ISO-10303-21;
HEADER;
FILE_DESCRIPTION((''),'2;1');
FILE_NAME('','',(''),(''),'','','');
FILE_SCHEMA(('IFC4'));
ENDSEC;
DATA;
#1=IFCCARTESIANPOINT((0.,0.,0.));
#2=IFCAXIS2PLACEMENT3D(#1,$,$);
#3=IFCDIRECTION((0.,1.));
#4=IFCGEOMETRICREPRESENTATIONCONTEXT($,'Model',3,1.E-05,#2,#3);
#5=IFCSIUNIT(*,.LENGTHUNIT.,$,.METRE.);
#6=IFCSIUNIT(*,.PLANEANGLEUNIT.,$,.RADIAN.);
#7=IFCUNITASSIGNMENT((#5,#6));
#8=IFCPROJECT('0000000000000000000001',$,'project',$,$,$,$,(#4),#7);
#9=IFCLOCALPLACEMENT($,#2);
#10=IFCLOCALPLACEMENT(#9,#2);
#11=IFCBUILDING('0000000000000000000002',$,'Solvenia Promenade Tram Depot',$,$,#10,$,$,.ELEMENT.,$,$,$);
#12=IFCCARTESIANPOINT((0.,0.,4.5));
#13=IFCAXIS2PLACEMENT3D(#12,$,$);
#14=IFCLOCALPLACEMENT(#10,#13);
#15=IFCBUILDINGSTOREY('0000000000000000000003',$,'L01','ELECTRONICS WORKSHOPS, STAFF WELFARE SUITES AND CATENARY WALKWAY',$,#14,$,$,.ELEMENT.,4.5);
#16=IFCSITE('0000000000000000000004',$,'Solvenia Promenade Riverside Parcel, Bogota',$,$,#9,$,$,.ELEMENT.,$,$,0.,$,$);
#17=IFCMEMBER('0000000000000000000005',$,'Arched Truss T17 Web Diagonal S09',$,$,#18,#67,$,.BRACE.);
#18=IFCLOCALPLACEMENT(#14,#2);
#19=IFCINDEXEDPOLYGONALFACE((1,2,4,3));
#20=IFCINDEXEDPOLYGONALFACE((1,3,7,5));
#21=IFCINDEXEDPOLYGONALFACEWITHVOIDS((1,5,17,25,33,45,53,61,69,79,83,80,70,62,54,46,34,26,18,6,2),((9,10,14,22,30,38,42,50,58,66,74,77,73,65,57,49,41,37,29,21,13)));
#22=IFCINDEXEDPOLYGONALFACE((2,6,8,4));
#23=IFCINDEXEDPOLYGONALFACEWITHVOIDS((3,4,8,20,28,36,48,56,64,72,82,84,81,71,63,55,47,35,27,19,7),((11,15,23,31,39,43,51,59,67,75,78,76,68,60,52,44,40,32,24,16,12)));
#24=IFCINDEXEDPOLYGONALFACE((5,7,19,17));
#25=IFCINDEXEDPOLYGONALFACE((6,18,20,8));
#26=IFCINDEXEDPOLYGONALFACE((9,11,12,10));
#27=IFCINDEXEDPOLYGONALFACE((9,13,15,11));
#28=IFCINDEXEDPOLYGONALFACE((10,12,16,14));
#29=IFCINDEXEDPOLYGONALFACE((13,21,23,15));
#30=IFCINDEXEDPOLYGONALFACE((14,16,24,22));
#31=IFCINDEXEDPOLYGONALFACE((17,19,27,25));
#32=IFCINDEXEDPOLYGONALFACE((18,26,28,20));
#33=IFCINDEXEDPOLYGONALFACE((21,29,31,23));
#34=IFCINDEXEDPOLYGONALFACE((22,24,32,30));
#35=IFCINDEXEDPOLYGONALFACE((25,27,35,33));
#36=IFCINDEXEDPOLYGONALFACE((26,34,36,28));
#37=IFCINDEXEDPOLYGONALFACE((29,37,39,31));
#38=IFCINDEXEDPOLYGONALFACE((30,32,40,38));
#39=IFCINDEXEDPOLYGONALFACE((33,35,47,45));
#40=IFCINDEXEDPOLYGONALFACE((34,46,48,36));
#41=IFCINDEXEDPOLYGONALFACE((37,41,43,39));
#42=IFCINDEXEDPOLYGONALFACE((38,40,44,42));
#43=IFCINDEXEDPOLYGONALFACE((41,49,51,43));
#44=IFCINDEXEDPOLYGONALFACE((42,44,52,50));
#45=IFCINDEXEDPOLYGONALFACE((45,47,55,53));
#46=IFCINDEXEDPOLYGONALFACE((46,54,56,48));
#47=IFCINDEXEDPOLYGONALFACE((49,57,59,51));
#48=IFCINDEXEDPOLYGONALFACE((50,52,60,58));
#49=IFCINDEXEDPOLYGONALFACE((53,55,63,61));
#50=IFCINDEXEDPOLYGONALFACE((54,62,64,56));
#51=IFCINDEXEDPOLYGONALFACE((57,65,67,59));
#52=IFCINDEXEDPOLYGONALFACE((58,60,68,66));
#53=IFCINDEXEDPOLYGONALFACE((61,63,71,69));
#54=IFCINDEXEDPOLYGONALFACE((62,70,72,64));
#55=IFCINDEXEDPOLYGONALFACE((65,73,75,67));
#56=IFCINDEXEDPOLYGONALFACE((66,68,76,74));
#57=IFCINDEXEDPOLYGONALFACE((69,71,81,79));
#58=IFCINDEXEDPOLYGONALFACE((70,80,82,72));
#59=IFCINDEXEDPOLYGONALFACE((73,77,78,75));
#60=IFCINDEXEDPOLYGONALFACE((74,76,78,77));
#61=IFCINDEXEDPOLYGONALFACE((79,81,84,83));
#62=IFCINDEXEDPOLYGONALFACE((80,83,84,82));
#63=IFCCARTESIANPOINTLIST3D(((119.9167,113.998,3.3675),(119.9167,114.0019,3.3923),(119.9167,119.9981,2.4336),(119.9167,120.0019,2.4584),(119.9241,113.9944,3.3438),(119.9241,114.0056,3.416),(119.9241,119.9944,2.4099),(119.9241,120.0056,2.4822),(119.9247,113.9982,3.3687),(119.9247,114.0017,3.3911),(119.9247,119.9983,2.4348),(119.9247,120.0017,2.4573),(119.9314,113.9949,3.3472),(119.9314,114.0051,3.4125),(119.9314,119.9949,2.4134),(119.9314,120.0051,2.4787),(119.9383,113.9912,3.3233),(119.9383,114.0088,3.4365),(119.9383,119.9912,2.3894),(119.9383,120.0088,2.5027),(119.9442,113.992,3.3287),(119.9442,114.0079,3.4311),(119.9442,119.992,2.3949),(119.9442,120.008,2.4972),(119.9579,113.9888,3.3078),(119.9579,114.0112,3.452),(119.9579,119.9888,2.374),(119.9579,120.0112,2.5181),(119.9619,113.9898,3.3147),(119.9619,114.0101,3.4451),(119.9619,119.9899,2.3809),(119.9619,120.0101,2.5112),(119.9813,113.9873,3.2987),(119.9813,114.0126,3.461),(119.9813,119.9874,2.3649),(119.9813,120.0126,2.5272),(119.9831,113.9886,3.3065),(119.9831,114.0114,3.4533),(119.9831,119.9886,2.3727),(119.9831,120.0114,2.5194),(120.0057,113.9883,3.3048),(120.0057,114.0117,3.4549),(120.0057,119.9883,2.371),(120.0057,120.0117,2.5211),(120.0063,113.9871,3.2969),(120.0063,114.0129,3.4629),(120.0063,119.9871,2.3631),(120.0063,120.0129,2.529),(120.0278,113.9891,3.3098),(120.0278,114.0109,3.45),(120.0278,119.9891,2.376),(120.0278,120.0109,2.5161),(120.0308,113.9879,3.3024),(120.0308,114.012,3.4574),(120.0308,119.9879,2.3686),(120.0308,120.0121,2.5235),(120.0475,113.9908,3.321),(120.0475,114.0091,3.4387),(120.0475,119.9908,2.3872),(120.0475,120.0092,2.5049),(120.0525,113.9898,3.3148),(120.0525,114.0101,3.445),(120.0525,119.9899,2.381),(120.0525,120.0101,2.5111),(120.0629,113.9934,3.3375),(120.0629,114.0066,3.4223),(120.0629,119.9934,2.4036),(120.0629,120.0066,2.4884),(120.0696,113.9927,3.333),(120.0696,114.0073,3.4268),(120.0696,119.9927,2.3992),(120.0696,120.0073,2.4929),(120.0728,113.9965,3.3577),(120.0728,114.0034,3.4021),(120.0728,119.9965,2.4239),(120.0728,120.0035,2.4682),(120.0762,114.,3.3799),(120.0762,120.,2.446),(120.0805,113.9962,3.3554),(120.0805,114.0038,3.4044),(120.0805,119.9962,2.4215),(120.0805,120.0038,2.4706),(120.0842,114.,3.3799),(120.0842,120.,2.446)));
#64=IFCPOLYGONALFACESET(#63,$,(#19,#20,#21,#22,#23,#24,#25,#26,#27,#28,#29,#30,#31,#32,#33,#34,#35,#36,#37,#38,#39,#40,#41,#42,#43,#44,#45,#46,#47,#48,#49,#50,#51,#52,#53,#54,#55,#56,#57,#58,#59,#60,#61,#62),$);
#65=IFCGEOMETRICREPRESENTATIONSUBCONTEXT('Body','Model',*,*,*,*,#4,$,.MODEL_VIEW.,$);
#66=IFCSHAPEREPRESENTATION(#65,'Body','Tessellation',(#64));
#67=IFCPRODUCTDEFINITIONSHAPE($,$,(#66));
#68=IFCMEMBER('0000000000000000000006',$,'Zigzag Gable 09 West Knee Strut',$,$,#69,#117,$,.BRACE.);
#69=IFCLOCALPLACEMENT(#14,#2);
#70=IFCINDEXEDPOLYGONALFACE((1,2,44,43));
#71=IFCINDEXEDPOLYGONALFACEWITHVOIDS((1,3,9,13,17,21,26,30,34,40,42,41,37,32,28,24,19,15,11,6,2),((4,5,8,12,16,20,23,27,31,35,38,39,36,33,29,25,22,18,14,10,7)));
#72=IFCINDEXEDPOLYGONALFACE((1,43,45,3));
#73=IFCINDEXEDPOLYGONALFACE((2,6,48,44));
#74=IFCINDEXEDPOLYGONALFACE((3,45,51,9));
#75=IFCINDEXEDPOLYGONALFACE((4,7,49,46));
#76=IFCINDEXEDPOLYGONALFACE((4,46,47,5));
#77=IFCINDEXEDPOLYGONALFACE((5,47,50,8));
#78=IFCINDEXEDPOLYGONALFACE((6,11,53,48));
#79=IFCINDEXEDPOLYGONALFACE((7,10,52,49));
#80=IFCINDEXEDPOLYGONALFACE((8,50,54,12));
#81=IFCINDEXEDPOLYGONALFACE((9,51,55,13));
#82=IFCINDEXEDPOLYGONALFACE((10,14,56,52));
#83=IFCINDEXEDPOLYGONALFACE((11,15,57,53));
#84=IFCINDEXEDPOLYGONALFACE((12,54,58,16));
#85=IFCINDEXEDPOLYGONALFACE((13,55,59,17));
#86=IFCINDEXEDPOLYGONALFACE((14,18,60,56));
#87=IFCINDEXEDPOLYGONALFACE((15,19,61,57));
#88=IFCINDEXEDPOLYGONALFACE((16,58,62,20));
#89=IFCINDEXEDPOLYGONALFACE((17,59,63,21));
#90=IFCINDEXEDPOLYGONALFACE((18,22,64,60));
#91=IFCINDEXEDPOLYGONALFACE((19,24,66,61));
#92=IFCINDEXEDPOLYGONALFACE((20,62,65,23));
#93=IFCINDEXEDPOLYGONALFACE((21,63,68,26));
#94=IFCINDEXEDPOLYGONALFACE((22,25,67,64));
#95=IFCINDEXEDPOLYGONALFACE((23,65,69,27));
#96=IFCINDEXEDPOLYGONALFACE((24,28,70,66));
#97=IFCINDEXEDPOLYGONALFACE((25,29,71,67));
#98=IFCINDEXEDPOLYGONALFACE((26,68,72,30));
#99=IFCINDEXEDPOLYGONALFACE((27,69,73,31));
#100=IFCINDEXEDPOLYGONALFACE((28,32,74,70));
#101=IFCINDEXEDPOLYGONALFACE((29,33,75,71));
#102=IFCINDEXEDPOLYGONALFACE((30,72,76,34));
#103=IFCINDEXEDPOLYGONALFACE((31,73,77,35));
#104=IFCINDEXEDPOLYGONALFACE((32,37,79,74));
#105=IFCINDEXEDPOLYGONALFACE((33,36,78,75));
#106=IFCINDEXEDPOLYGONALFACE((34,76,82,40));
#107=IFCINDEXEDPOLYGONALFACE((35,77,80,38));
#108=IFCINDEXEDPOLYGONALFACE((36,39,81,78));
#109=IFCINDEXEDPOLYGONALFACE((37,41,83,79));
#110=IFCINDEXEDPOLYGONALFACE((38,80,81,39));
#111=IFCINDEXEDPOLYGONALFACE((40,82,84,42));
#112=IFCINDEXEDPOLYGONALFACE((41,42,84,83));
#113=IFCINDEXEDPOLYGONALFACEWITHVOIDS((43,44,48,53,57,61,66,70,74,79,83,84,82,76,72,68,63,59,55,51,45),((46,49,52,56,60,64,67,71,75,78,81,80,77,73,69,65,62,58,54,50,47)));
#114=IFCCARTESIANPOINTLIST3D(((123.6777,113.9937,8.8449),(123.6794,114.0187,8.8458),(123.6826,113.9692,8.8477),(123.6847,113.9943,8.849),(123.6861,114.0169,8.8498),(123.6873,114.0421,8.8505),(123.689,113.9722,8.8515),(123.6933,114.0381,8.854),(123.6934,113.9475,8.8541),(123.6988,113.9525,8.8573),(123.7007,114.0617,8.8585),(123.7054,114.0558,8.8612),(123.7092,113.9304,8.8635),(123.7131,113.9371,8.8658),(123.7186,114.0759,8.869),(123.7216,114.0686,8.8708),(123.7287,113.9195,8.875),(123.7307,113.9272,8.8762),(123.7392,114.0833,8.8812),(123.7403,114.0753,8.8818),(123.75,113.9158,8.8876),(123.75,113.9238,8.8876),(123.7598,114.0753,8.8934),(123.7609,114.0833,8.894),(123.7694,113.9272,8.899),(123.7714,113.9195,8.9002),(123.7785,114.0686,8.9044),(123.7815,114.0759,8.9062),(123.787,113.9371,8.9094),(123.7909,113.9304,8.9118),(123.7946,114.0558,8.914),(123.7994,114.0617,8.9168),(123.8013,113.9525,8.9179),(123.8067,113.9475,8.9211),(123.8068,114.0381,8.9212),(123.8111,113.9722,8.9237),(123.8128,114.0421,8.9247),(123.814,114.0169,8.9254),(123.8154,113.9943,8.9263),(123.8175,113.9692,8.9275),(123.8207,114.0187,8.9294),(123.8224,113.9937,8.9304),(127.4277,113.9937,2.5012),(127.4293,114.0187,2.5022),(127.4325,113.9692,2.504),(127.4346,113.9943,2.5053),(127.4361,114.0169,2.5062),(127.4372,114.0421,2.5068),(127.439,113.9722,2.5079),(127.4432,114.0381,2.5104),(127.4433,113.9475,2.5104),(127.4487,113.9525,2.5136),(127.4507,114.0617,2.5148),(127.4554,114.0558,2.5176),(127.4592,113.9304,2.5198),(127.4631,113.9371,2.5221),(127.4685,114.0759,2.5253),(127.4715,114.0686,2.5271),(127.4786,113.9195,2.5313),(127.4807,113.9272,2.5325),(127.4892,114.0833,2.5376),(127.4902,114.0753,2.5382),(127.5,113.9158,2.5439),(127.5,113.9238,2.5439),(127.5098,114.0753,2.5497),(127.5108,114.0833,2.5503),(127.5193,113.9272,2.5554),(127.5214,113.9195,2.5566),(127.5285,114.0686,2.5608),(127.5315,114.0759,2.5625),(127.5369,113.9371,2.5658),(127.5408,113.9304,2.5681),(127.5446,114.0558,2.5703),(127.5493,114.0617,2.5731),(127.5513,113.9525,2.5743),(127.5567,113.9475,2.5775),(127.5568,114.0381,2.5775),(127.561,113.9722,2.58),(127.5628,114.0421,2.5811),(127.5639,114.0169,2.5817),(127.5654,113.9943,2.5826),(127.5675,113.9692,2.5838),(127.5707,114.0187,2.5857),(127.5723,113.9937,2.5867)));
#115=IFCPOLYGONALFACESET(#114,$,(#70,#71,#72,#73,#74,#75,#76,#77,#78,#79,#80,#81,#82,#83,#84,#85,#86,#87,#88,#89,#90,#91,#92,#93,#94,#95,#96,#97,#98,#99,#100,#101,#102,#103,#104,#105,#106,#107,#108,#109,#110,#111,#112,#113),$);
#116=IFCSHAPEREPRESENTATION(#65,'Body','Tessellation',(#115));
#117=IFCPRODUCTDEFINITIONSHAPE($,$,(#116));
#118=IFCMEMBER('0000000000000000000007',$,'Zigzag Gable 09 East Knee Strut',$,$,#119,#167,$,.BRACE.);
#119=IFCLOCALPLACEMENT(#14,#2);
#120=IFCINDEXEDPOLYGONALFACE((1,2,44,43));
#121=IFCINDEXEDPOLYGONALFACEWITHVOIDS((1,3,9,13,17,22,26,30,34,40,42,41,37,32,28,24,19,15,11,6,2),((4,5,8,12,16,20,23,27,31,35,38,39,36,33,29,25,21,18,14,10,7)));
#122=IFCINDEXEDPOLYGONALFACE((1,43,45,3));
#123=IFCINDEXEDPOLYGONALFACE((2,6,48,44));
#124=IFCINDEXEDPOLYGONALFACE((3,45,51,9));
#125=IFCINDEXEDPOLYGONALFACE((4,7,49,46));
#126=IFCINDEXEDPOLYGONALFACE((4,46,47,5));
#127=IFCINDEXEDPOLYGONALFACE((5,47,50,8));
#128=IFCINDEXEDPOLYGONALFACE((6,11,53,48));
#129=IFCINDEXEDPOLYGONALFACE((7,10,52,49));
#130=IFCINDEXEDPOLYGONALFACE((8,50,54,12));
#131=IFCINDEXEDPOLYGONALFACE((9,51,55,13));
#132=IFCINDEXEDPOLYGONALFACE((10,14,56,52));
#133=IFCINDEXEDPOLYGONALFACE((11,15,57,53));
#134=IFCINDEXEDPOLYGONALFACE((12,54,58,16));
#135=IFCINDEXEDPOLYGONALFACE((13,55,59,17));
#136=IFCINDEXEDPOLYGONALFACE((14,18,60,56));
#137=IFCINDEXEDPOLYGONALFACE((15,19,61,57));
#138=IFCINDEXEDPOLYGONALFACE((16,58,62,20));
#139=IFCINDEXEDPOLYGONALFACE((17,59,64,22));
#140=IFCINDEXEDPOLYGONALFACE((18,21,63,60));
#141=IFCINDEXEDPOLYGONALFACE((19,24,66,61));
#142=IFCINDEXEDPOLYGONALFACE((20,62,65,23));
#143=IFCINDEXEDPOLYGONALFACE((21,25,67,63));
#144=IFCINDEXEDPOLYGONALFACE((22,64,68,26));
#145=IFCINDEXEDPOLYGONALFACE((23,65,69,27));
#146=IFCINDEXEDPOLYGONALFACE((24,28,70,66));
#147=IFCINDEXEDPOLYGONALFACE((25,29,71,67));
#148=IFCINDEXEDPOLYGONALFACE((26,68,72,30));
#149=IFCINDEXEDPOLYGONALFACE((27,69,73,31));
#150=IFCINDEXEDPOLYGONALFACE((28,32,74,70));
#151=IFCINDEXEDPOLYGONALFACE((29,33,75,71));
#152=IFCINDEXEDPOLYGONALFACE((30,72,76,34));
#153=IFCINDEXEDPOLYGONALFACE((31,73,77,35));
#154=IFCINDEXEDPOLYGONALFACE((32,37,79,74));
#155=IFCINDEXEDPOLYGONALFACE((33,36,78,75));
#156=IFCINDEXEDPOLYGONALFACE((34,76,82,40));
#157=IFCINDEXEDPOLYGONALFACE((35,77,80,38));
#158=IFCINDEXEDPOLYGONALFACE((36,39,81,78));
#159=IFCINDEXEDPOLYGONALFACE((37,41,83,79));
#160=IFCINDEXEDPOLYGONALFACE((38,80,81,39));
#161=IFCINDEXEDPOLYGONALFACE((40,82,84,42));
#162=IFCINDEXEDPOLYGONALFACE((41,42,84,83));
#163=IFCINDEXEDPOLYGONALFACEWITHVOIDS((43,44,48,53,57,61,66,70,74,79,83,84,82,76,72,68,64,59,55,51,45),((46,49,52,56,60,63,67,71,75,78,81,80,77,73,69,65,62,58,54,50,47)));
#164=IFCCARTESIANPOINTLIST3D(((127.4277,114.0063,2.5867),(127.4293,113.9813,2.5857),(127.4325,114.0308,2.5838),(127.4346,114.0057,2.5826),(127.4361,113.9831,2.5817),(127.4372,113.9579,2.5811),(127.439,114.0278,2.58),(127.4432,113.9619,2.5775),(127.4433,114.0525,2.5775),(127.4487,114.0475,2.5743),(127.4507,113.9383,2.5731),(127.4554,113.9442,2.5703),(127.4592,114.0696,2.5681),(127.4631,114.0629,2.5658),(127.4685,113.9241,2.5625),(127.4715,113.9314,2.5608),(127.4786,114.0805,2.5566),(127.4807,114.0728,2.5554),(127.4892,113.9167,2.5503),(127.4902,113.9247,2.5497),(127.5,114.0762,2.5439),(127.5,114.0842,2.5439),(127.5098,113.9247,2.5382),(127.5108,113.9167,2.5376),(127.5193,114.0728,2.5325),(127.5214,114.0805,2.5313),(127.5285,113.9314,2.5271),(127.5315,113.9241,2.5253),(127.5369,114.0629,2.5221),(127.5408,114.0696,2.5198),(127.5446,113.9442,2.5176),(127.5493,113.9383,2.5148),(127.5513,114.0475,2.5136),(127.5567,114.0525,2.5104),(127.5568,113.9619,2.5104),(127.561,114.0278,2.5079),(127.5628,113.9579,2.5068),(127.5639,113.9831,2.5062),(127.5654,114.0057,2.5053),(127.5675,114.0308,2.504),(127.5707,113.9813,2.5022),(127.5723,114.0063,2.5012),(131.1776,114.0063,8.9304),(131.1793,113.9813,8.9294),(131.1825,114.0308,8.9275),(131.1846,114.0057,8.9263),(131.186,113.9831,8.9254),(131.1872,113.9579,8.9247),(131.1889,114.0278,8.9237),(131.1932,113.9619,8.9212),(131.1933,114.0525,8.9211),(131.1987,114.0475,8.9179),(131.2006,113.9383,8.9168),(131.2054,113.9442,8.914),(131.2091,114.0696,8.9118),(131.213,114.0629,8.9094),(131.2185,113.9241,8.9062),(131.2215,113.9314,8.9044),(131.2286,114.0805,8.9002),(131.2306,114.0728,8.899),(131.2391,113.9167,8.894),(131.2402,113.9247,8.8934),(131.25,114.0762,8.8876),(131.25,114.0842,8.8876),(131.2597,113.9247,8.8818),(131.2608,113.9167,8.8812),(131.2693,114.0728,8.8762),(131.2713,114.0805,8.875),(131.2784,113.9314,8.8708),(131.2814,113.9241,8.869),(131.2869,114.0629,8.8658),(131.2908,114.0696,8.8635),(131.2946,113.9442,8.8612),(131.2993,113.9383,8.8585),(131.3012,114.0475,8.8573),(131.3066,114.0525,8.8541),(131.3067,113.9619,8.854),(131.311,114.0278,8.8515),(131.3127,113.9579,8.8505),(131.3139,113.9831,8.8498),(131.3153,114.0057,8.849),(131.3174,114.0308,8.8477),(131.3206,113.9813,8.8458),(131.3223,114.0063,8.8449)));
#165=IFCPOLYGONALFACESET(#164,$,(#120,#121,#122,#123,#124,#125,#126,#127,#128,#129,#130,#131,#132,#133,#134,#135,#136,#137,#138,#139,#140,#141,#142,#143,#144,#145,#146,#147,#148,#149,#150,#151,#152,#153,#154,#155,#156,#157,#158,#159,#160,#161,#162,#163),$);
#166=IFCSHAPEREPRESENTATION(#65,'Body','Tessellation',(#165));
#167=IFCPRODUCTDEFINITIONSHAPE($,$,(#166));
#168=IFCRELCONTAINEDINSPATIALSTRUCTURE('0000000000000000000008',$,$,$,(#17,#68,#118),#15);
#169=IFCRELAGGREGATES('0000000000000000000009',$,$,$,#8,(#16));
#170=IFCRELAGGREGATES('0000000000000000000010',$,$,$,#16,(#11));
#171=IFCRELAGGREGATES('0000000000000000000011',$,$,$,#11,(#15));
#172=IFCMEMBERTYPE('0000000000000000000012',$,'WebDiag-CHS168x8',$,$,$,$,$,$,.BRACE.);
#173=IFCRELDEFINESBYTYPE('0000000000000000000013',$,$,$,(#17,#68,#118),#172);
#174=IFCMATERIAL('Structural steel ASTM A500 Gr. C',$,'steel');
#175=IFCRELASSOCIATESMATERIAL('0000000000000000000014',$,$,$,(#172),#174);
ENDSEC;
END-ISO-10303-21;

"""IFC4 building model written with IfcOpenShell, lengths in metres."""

from ifc_helpers import new_model, si_unit, direction, frame, origin, origin_2d, place, context, subcontext, project, spatial, hollow_circle, extrude, material, material_profile, profile_set, type_object, element, save


model = new_model("IFC4")

# Units and contexts
model_context = context("Model", 3, precision=1e-05, world=origin(), true_north=direction((0.0, 1.0)))
body_context = subcontext(model_context, "Body", "Model", "MODEL_VIEW")
ifc_project = project(units=[si_unit("LENGTHUNIT", "METRE"), si_unit("PLANEANGLEUNIT", "RADIAN")], contexts=[model_context])

# Site, building, storey
site_placement = place(None, origin())
site = spatial("IfcSite", under=ifc_project, at=site_placement, Name="Solvenia Promenade Riverside Parcel, Bogota", CompositionType="ELEMENT", RefElevation=0.0)
building_placement = place(site_placement, origin())
building = spatial("IfcBuilding", under=site, at=building_placement, Name="Solvenia Promenade Tram Depot", CompositionType="ELEMENT")
storey_placement = place(building_placement, frame((0.0, 0.0, 4.5)))
storey = spatial("IfcBuildingStorey", under=building, at=storey_placement, Name="L01", Description="ELECTRONICS WORKSHOPS, STAFF WELFARE SUITES AND CATENARY WALKWAY", CompositionType="ELEMENT", Elevation=4.5)

# Shared definitions
ifc_material_1 = material(Name="Structural steel ASTM A500 Gr. C", Category="steel")

# Members
ifc_material_profile_1 = material_profile(ifc_material_1, hollow_circle(Radius=0.0842, WallThickness=0.0081, at=origin_2d()), Name="CHS168.3x8", Category="steel")
ifc_profile_set_1 = profile_set([ifc_material_profile_1], Name="Structural steel ASTM A500 Gr. C")
member_type_1 = type_object("IfcMemberType", Name="WebDiag-CHS168x8", PredefinedType="BRACE", material=ifc_profile_set_1)
member_1_placement = place(storey_placement, frame((120.0, 120.0, 2.446), z_axis=(0.0, -0.988104, 0.153788), x_axis=(1.0, 0.0, 0.0)))
element("IfcMember", 1, at=member_1_placement, inside=storey, type_object=member_type_1, Name="Arched Truss T17 Web Diagonal S09", PredefinedType="BRACE", context=body_context, shape_type="SweptSolid", body=[
    extrude(hollow_circle(Radius=0.0842, WallThickness=0.0081, at=origin_2d()), origin(), (0.0, 0.0, 1.0), 6.0723),
])
for number, where, z_axis, x_axis, name in (
    (2, (127.5, 114.0, 2.5439), (-0.508872, 0.0, 0.860842), (0.0, -1.0, 0.0), "Zigzag Gable 09 West Knee Strut"),
    (3, (127.5, 114.0, 2.5439), (0.508872, 0.0, 0.860842), (0.0, 1.0, 0.0), "Zigzag Gable 09 East Knee Strut"),
):
    element("IfcMember", number, at=place(storey_placement, frame(where, z_axis=z_axis, x_axis=x_axis)), inside=storey, type_object=member_type_1, Name=name, PredefinedType="BRACE", context=body_context, shape_type="SweptSolid", body=[
        extrude(hollow_circle(Radius=0.0842, WallThickness=0.0081, at=origin_2d()), origin(), (0.0, 0.0, 1.0), 7.3691),
    ])

save(model, "model.ifc")
